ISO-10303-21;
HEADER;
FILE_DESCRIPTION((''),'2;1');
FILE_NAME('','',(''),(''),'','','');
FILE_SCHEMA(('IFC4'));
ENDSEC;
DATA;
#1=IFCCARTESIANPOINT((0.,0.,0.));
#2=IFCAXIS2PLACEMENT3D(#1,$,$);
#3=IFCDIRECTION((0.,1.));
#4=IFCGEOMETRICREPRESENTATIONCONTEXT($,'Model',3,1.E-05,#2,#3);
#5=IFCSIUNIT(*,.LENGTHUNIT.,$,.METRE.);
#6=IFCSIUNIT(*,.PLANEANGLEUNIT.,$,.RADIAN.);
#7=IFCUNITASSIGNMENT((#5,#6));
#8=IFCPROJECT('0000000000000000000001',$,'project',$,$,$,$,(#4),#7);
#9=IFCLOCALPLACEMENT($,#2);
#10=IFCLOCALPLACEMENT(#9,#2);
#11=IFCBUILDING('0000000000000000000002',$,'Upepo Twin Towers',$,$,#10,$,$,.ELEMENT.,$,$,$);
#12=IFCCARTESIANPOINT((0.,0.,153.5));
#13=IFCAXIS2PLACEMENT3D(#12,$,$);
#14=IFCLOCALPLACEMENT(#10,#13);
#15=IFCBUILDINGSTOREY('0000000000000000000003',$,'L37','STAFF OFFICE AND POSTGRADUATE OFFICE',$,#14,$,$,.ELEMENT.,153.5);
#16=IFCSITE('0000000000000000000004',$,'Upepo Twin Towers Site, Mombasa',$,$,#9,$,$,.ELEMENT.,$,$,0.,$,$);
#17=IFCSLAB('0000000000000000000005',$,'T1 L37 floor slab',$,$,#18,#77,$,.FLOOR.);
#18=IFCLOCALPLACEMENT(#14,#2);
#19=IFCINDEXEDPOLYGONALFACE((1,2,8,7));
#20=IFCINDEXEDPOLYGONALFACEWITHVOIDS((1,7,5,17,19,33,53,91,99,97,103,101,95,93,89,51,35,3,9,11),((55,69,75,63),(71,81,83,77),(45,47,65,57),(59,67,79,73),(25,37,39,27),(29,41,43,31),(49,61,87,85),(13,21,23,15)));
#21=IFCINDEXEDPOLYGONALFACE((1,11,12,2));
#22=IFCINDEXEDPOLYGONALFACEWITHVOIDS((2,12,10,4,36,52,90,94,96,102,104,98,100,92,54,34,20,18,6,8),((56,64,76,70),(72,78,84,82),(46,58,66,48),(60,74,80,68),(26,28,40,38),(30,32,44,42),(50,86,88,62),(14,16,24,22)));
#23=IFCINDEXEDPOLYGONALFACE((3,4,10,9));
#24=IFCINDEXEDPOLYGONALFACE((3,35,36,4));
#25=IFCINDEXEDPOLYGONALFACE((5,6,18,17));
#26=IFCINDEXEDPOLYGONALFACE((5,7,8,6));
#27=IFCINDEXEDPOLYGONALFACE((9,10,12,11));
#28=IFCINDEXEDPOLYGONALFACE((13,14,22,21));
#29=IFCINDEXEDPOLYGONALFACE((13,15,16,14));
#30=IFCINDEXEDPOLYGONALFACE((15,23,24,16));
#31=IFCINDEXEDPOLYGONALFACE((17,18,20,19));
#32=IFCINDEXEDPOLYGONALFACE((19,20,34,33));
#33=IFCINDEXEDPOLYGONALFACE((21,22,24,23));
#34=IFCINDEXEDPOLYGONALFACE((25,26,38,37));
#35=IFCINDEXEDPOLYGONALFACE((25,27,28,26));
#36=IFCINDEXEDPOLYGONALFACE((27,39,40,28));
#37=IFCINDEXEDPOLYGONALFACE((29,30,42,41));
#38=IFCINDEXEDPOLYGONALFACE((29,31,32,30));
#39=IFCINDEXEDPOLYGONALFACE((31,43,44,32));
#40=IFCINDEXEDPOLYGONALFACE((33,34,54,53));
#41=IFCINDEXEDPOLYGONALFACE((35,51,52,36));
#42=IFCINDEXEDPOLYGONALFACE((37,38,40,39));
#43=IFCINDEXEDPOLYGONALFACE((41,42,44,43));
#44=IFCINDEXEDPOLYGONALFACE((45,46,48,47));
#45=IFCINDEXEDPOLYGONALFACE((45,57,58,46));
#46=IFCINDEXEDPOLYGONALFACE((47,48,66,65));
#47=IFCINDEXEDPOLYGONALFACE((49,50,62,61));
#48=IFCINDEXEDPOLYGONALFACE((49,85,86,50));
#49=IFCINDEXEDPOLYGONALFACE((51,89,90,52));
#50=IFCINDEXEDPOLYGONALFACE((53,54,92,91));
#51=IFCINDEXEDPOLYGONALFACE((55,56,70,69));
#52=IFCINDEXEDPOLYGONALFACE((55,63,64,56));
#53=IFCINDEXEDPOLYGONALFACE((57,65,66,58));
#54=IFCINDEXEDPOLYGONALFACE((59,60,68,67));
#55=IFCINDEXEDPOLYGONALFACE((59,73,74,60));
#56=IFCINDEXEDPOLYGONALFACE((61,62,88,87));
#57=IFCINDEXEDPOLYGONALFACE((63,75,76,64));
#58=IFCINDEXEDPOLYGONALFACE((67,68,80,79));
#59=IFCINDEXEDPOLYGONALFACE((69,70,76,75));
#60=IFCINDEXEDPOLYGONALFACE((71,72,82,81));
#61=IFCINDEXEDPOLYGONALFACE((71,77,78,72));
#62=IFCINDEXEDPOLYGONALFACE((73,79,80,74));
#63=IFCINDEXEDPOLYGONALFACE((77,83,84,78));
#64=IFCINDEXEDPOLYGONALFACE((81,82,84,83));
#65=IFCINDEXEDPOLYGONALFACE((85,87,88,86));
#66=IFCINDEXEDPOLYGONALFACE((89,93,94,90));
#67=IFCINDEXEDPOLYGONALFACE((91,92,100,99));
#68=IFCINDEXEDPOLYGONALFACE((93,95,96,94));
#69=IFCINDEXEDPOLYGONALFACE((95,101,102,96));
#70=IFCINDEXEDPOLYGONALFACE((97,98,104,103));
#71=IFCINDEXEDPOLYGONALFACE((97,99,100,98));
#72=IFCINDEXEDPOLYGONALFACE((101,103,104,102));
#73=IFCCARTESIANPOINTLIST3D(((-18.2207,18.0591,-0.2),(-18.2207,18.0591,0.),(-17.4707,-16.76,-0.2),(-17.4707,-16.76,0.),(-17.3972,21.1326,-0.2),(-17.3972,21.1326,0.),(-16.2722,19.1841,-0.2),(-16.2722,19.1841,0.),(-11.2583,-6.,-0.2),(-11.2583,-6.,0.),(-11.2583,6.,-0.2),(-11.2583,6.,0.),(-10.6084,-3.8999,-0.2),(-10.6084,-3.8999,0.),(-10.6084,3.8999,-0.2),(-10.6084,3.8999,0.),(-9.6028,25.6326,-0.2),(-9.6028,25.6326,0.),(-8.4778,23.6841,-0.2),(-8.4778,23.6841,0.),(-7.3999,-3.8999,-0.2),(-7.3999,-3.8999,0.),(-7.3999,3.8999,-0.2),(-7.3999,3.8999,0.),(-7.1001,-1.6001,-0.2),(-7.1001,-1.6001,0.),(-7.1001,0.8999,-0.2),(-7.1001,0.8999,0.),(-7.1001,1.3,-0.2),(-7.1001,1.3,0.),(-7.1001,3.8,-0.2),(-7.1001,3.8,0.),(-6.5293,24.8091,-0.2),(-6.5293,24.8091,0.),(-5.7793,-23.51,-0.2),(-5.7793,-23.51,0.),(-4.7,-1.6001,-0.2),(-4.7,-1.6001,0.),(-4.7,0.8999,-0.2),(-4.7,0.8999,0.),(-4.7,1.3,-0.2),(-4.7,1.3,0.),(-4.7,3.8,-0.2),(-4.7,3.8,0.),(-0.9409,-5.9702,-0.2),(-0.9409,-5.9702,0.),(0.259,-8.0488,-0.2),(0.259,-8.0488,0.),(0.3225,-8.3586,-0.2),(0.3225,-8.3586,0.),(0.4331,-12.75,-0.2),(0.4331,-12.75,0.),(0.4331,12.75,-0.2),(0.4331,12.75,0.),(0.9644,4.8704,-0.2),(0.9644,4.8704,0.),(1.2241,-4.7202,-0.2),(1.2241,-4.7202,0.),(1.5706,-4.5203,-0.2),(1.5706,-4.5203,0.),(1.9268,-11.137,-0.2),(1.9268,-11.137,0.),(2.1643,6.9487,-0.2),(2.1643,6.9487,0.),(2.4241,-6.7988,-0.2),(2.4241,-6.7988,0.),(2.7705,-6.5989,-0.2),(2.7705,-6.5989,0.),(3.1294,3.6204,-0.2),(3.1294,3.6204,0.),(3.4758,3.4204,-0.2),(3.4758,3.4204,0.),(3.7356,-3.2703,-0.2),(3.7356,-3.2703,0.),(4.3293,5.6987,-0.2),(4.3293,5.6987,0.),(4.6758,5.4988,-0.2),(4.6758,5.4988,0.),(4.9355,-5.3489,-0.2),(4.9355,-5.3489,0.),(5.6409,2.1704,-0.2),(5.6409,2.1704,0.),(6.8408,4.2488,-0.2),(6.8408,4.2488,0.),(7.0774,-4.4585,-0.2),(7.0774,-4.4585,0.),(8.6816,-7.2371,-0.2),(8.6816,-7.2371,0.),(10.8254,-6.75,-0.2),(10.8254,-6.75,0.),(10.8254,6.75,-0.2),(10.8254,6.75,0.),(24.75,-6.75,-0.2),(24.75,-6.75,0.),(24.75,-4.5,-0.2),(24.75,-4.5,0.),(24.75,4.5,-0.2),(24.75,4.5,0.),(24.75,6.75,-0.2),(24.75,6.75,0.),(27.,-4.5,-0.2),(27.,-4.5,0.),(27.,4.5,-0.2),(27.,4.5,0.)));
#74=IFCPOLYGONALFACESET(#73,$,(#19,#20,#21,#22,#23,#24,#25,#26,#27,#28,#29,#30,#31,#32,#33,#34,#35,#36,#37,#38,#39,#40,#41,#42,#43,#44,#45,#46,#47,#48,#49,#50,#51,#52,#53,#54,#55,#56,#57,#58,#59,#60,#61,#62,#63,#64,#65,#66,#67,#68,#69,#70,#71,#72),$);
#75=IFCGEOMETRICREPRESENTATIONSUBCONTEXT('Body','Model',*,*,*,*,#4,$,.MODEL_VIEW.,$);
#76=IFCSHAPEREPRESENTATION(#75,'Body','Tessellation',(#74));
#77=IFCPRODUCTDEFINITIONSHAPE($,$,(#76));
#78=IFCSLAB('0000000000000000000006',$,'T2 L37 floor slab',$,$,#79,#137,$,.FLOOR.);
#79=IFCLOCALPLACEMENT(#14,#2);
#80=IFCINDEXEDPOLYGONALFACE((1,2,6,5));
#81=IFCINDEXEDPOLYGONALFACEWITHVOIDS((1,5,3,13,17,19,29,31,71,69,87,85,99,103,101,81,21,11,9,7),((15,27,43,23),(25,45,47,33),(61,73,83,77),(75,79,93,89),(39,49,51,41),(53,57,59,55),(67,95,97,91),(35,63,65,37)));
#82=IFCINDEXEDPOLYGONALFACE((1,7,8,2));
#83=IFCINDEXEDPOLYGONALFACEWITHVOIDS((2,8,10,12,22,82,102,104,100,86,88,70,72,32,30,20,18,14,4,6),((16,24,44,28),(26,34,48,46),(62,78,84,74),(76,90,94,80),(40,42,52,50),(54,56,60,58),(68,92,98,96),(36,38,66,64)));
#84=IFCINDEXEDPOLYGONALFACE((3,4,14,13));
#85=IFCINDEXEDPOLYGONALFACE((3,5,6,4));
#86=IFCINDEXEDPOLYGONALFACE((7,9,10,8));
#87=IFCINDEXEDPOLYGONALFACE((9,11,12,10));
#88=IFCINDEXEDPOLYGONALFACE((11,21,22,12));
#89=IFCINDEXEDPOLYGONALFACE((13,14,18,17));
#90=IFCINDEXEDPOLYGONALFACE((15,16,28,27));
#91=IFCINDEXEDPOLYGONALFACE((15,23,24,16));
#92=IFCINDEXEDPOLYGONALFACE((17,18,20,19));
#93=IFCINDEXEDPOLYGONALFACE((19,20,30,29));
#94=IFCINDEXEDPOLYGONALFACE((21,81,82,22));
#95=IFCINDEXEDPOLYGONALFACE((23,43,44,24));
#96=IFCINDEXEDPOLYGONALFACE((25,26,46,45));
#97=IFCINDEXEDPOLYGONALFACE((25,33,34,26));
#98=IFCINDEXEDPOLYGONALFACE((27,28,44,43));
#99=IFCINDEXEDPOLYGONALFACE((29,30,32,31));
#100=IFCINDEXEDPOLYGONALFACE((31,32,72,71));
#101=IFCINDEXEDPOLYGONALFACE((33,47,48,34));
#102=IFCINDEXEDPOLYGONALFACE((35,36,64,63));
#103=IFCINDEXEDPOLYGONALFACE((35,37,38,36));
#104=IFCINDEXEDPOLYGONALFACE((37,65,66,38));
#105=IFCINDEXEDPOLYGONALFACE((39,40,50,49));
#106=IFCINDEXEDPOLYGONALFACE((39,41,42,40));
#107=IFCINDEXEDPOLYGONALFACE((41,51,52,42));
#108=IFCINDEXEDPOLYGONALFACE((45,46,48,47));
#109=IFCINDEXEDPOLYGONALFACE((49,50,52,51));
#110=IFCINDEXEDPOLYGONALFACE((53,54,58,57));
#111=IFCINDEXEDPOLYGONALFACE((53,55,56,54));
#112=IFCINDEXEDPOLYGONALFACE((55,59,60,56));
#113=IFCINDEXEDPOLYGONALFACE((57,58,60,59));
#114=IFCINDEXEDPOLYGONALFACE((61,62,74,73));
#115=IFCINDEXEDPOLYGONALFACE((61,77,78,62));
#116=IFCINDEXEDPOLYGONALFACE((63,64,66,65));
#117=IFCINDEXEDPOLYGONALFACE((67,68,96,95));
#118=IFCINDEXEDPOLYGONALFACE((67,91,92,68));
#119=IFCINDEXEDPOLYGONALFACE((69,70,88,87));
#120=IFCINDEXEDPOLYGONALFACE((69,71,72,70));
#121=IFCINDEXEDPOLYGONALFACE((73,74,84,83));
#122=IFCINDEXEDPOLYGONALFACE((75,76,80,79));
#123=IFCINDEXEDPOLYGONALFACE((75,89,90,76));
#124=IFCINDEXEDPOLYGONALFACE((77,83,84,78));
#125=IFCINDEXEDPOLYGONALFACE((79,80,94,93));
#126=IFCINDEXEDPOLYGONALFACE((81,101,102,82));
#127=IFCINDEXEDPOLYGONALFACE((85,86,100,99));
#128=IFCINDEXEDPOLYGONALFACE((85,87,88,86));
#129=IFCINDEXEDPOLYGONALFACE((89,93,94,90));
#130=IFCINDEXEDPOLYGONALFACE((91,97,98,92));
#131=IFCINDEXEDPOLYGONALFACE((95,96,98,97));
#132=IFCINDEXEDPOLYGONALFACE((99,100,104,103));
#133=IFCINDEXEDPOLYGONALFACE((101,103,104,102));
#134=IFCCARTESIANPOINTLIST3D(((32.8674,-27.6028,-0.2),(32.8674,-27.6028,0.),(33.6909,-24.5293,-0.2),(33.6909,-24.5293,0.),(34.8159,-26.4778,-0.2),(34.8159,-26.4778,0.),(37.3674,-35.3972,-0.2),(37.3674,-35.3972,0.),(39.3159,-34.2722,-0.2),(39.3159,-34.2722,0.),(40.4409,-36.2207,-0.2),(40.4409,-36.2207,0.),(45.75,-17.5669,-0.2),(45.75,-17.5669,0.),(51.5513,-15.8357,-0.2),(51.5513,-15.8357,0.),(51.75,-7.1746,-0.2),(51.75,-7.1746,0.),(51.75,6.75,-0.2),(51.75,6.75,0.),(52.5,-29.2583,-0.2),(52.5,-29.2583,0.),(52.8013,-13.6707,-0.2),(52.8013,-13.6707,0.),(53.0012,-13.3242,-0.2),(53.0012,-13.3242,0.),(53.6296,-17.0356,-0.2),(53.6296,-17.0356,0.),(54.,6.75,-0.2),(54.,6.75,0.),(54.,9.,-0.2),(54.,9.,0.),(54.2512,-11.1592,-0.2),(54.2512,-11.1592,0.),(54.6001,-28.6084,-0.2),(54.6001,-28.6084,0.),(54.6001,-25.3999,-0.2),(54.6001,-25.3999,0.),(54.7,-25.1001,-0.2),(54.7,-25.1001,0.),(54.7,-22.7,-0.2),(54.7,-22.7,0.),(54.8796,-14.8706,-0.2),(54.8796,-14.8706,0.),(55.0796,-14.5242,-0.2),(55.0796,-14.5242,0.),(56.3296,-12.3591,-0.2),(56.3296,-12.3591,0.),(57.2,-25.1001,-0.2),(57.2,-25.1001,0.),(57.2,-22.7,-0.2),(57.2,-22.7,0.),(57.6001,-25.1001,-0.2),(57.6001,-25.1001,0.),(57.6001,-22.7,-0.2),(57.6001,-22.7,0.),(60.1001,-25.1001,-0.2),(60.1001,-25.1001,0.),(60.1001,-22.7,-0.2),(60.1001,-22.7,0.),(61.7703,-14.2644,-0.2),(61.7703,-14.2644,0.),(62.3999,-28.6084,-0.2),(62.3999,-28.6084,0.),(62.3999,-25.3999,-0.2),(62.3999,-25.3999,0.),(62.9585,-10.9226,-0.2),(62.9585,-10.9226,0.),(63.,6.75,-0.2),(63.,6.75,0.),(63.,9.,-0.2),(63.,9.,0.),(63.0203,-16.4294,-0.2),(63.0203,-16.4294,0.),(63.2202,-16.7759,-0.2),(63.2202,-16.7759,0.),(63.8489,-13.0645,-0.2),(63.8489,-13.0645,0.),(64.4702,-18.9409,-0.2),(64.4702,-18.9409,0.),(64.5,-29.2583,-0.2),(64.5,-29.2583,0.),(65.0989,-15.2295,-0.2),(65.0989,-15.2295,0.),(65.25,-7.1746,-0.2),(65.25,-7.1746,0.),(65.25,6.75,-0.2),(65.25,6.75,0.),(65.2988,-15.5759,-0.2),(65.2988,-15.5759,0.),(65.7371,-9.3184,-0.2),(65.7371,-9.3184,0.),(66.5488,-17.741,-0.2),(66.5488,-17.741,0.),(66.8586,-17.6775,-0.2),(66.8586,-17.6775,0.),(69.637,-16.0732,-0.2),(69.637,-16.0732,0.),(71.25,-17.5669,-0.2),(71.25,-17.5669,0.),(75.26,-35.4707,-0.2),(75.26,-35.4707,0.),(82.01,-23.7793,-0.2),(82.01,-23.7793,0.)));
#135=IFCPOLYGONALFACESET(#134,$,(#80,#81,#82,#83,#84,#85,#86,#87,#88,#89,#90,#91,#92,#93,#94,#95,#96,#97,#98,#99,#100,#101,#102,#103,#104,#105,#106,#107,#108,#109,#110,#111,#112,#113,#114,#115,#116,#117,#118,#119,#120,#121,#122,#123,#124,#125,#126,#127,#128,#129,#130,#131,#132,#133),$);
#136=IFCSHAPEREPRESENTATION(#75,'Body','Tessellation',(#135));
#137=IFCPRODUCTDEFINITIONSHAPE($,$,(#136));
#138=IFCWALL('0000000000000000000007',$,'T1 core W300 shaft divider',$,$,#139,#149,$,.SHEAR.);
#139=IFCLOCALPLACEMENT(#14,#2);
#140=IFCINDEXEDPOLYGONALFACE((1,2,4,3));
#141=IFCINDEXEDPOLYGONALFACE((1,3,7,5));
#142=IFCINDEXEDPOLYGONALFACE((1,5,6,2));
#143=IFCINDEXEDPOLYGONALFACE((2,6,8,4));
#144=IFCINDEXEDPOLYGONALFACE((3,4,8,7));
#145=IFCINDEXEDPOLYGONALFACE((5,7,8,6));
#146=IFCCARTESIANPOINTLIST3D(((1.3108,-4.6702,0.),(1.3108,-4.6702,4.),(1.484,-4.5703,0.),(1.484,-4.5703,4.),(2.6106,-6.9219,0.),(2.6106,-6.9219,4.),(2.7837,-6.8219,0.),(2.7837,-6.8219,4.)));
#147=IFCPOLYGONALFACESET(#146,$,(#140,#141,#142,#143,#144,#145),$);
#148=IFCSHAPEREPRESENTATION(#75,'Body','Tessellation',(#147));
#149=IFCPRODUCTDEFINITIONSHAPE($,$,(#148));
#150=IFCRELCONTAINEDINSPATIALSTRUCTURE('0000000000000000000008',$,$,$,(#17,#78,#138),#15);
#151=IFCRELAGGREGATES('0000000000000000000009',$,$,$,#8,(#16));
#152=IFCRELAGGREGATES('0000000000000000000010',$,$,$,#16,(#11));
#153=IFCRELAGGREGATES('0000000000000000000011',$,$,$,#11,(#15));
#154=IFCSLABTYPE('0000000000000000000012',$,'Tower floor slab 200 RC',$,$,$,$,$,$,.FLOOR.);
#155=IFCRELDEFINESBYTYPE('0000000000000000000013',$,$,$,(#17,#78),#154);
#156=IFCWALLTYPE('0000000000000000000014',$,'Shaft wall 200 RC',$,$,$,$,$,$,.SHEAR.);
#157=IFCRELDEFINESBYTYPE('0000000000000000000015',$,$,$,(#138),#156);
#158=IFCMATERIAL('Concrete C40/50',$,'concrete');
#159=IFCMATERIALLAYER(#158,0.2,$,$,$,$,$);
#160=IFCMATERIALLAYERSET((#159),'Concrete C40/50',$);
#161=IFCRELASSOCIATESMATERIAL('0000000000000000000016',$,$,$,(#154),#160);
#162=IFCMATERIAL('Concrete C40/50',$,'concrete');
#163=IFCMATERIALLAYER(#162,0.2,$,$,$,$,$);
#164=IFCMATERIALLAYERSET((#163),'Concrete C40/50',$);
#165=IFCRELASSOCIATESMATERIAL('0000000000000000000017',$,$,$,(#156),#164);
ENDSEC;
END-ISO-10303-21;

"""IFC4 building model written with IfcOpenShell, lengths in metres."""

from ifc_helpers import new_model, si_unit, direction, frame, frame_2d, origin, place, context, subcontext, project, spatial, polyline, rectangle, outline, extrude, material, layer, layer_set, type_object, element, save


model = new_model("IFC4")

# Units and contexts
model_context = context("Model", 3, precision=1e-05, world=origin(), true_north=direction((0.0, 1.0)))
body_context = subcontext(model_context, "Body", "Model", "MODEL_VIEW")
ifc_project = project(units=[si_unit("LENGTHUNIT", "METRE"), si_unit("PLANEANGLEUNIT", "RADIAN")], contexts=[model_context])

# Site, building, storey
site_placement = place(None, origin())
site = spatial("IfcSite", under=ifc_project, at=site_placement, Name="Upepo Twin Towers Site, Mombasa", CompositionType="ELEMENT", RefElevation=0.0)
building_placement = place(site_placement, origin())
building = spatial("IfcBuilding", under=site, at=building_placement, Name="Upepo Twin Towers", CompositionType="ELEMENT")
storey_placement = place(building_placement, frame((0.0, 0.0, 153.5)))
storey = spatial("IfcBuildingStorey", under=building, at=storey_placement, Name="L37", Description="STAFF OFFICE AND POSTGRADUATE OFFICE", CompositionType="ELEMENT", Elevation=153.5)

# Slabs
ifc_material_1 = material(Name="Concrete C40/50", Category="concrete")
ifc_layer_1 = layer(ifc_material_1, 0.2)
ifc_layer_set_1 = layer_set([ifc_layer_1], Name="Concrete C40/50")
slab_type_1 = type_object("IfcSlabType", Name="Tower floor slab 200 RC", PredefinedType="FLOOR", material=ifc_layer_set_1)
slab_1_placement = place(storey_placement, frame((0.0, 0.0, -0.2)))
element("IfcSlab", 1, at=slab_1_placement, inside=storey, type_object=slab_type_1, Name="T1 L37 floor slab", PredefinedType="FLOOR", context=body_context, shape_type="SweptSolid", body=[
    extrude(outline(polyline([(-17.4707, -16.76), (-11.2583, -6.0), (-11.2583, 6.0), (-18.2207, 18.0591), (-16.2722, 19.1841), (-17.3972, 21.1326), (-9.6028, 25.6326), (-8.4778, 23.6841), (-6.5293, 24.8091), (0.4331, 12.75), (10.8254, 6.75), (24.75, 6.75), (24.75, 4.5), (27.0, 4.5), (27.0, -4.5), (24.75, -4.5), (24.75, -6.75), (10.8254, -6.75), (0.4331, -12.75), (-5.7793, -23.51), (-17.4707, -16.76)]), holes=[polyline([(5.6409, 2.1704), (6.8408, 4.2488), (4.6758, 5.4988), (3.4758, 3.4204), (5.6409, 2.1704)]), polyline([(3.1294, 3.6204), (4.3293, 5.6987), (2.1643, 6.9487), (0.9644, 4.8704), (3.1294, 3.6204)]), polyline([(-4.7, 3.8), (-7.1001, 3.8), (-7.1001, 1.3), (-4.7, 1.3), (-4.7, 3.8)]), polyline([(-4.7, 0.8999), (-7.1001, 0.8999), (-7.1001, -1.6001), (-4.7, -1.6001), (-4.7, 0.8999)]), polyline([(-7.3999, 3.8999), (-10.6084, 3.8999), (-10.6084, -3.8999), (-7.3999, -3.8999), (-7.3999, 3.8999)]), polyline([(-0.9409, -5.9702), (0.259, -8.0488), (2.4241, -6.7988), (1.2241, -4.7202), (-0.9409, -5.9702)]), polyline([(1.5706, -4.5203), (2.7705, -6.5989), (4.9355, -5.3489), (3.7356, -3.2703), (1.5706, -4.5203)]), polyline([(0.3225, -8.3586), (1.9268, -11.137), (8.6816, -7.2371), (7.0774, -4.4585), (0.3225, -8.3586)])]), origin(), (0.0, 0.0, 1.0), 0.2),
])
slab_2_placement = place(storey_placement, frame((0.0, 0.0, -0.2)))
element("IfcSlab", 2, at=slab_2_placement, inside=storey, type_object=slab_type_1, Name="T2 L37 floor slab", PredefinedType="FLOOR", context=body_context, shape_type="SweptSolid", body=[
    extrude(outline(polyline([(75.26, -35.4707), (64.5, -29.2583), (52.5, -29.2583), (40.4409, -36.2207), (39.3159, -34.2722), (37.3674, -35.3972), (32.8674, -27.6028), (34.8159, -26.4778), (33.6909, -24.5293), (45.75, -17.5669), (51.75, -7.1746), (51.75, 6.75), (54.0, 6.75), (54.0, 9.0), (63.0, 9.0), (63.0, 6.75), (65.25, 6.75), (65.25, -7.1746), (71.25, -17.5669), (82.01, -23.7793), (75.26, -35.4707)]), holes=[polyline([(56.3296, -12.3591), (54.2512, -11.1592), (53.0012, -13.3242), (55.0796, -14.5242), (56.3296, -12.3591)]), polyline([(54.8796, -14.8706), (52.8013, -13.6707), (51.5513, -15.8357), (53.6296, -17.0356), (54.8796, -14.8706)]), polyline([(54.7, -22.7), (54.7, -25.1001), (57.2, -25.1001), (57.2, -22.7), (54.7, -22.7)]), polyline([(57.6001, -22.7), (57.6001, -25.1001), (60.1001, -25.1001), (60.1001, -22.7), (57.6001, -22.7)]), polyline([(54.6001, -25.3999), (54.6001, -28.6084), (62.3999, -28.6084), (62.3999, -25.3999), (54.6001, -25.3999)]), polyline([(64.4702, -18.9409), (66.5488, -17.741), (65.2988, -15.5759), (63.2202, -16.7759), (64.4702, -18.9409)]), polyline([(63.0203, -16.4294), (65.0989, -15.2295), (63.8489, -13.0645), (61.7703, -14.2644), (63.0203, -16.4294)]), polyline([(66.8586, -17.6775), (69.637, -16.0732), (65.7371, -9.3184), (62.9585, -10.9226), (66.8586, -17.6775)])]), origin(), (0.0, 0.0, 1.0), 0.2),
])

# Wall
ifc_material_2 = material(Name="Concrete C40/50", Category="concrete")
ifc_layer_2 = layer(ifc_material_2, 0.2)
ifc_layer_set_2 = layer_set([ifc_layer_2], Name="Concrete C40/50")
wall_type = type_object("IfcWallType", Name="Shaft wall 200 RC", PredefinedType="SHEAR", material=ifc_layer_set_2)
wall_1_placement = place(storey_placement, frame((1.3975, -4.6204, 0.0), z_axis=(0.0, 0.0, 1.0), x_axis=(0.499937, -0.866062, 0.0)))
element("IfcWall", 3, at=wall_1_placement, inside=storey, type_object=wall_type, Name="T1 core W300 shaft divider", PredefinedType="SHEAR", context=body_context, shape_type="SweptSolid", body=[
    extrude(rectangle(XDim=2.5999, YDim=0.2, at=frame_2d((1.2998, 0.0))), origin(), (0.0, 0.0, 1.0), 4.0),
])

save(model, "model.ifc")
